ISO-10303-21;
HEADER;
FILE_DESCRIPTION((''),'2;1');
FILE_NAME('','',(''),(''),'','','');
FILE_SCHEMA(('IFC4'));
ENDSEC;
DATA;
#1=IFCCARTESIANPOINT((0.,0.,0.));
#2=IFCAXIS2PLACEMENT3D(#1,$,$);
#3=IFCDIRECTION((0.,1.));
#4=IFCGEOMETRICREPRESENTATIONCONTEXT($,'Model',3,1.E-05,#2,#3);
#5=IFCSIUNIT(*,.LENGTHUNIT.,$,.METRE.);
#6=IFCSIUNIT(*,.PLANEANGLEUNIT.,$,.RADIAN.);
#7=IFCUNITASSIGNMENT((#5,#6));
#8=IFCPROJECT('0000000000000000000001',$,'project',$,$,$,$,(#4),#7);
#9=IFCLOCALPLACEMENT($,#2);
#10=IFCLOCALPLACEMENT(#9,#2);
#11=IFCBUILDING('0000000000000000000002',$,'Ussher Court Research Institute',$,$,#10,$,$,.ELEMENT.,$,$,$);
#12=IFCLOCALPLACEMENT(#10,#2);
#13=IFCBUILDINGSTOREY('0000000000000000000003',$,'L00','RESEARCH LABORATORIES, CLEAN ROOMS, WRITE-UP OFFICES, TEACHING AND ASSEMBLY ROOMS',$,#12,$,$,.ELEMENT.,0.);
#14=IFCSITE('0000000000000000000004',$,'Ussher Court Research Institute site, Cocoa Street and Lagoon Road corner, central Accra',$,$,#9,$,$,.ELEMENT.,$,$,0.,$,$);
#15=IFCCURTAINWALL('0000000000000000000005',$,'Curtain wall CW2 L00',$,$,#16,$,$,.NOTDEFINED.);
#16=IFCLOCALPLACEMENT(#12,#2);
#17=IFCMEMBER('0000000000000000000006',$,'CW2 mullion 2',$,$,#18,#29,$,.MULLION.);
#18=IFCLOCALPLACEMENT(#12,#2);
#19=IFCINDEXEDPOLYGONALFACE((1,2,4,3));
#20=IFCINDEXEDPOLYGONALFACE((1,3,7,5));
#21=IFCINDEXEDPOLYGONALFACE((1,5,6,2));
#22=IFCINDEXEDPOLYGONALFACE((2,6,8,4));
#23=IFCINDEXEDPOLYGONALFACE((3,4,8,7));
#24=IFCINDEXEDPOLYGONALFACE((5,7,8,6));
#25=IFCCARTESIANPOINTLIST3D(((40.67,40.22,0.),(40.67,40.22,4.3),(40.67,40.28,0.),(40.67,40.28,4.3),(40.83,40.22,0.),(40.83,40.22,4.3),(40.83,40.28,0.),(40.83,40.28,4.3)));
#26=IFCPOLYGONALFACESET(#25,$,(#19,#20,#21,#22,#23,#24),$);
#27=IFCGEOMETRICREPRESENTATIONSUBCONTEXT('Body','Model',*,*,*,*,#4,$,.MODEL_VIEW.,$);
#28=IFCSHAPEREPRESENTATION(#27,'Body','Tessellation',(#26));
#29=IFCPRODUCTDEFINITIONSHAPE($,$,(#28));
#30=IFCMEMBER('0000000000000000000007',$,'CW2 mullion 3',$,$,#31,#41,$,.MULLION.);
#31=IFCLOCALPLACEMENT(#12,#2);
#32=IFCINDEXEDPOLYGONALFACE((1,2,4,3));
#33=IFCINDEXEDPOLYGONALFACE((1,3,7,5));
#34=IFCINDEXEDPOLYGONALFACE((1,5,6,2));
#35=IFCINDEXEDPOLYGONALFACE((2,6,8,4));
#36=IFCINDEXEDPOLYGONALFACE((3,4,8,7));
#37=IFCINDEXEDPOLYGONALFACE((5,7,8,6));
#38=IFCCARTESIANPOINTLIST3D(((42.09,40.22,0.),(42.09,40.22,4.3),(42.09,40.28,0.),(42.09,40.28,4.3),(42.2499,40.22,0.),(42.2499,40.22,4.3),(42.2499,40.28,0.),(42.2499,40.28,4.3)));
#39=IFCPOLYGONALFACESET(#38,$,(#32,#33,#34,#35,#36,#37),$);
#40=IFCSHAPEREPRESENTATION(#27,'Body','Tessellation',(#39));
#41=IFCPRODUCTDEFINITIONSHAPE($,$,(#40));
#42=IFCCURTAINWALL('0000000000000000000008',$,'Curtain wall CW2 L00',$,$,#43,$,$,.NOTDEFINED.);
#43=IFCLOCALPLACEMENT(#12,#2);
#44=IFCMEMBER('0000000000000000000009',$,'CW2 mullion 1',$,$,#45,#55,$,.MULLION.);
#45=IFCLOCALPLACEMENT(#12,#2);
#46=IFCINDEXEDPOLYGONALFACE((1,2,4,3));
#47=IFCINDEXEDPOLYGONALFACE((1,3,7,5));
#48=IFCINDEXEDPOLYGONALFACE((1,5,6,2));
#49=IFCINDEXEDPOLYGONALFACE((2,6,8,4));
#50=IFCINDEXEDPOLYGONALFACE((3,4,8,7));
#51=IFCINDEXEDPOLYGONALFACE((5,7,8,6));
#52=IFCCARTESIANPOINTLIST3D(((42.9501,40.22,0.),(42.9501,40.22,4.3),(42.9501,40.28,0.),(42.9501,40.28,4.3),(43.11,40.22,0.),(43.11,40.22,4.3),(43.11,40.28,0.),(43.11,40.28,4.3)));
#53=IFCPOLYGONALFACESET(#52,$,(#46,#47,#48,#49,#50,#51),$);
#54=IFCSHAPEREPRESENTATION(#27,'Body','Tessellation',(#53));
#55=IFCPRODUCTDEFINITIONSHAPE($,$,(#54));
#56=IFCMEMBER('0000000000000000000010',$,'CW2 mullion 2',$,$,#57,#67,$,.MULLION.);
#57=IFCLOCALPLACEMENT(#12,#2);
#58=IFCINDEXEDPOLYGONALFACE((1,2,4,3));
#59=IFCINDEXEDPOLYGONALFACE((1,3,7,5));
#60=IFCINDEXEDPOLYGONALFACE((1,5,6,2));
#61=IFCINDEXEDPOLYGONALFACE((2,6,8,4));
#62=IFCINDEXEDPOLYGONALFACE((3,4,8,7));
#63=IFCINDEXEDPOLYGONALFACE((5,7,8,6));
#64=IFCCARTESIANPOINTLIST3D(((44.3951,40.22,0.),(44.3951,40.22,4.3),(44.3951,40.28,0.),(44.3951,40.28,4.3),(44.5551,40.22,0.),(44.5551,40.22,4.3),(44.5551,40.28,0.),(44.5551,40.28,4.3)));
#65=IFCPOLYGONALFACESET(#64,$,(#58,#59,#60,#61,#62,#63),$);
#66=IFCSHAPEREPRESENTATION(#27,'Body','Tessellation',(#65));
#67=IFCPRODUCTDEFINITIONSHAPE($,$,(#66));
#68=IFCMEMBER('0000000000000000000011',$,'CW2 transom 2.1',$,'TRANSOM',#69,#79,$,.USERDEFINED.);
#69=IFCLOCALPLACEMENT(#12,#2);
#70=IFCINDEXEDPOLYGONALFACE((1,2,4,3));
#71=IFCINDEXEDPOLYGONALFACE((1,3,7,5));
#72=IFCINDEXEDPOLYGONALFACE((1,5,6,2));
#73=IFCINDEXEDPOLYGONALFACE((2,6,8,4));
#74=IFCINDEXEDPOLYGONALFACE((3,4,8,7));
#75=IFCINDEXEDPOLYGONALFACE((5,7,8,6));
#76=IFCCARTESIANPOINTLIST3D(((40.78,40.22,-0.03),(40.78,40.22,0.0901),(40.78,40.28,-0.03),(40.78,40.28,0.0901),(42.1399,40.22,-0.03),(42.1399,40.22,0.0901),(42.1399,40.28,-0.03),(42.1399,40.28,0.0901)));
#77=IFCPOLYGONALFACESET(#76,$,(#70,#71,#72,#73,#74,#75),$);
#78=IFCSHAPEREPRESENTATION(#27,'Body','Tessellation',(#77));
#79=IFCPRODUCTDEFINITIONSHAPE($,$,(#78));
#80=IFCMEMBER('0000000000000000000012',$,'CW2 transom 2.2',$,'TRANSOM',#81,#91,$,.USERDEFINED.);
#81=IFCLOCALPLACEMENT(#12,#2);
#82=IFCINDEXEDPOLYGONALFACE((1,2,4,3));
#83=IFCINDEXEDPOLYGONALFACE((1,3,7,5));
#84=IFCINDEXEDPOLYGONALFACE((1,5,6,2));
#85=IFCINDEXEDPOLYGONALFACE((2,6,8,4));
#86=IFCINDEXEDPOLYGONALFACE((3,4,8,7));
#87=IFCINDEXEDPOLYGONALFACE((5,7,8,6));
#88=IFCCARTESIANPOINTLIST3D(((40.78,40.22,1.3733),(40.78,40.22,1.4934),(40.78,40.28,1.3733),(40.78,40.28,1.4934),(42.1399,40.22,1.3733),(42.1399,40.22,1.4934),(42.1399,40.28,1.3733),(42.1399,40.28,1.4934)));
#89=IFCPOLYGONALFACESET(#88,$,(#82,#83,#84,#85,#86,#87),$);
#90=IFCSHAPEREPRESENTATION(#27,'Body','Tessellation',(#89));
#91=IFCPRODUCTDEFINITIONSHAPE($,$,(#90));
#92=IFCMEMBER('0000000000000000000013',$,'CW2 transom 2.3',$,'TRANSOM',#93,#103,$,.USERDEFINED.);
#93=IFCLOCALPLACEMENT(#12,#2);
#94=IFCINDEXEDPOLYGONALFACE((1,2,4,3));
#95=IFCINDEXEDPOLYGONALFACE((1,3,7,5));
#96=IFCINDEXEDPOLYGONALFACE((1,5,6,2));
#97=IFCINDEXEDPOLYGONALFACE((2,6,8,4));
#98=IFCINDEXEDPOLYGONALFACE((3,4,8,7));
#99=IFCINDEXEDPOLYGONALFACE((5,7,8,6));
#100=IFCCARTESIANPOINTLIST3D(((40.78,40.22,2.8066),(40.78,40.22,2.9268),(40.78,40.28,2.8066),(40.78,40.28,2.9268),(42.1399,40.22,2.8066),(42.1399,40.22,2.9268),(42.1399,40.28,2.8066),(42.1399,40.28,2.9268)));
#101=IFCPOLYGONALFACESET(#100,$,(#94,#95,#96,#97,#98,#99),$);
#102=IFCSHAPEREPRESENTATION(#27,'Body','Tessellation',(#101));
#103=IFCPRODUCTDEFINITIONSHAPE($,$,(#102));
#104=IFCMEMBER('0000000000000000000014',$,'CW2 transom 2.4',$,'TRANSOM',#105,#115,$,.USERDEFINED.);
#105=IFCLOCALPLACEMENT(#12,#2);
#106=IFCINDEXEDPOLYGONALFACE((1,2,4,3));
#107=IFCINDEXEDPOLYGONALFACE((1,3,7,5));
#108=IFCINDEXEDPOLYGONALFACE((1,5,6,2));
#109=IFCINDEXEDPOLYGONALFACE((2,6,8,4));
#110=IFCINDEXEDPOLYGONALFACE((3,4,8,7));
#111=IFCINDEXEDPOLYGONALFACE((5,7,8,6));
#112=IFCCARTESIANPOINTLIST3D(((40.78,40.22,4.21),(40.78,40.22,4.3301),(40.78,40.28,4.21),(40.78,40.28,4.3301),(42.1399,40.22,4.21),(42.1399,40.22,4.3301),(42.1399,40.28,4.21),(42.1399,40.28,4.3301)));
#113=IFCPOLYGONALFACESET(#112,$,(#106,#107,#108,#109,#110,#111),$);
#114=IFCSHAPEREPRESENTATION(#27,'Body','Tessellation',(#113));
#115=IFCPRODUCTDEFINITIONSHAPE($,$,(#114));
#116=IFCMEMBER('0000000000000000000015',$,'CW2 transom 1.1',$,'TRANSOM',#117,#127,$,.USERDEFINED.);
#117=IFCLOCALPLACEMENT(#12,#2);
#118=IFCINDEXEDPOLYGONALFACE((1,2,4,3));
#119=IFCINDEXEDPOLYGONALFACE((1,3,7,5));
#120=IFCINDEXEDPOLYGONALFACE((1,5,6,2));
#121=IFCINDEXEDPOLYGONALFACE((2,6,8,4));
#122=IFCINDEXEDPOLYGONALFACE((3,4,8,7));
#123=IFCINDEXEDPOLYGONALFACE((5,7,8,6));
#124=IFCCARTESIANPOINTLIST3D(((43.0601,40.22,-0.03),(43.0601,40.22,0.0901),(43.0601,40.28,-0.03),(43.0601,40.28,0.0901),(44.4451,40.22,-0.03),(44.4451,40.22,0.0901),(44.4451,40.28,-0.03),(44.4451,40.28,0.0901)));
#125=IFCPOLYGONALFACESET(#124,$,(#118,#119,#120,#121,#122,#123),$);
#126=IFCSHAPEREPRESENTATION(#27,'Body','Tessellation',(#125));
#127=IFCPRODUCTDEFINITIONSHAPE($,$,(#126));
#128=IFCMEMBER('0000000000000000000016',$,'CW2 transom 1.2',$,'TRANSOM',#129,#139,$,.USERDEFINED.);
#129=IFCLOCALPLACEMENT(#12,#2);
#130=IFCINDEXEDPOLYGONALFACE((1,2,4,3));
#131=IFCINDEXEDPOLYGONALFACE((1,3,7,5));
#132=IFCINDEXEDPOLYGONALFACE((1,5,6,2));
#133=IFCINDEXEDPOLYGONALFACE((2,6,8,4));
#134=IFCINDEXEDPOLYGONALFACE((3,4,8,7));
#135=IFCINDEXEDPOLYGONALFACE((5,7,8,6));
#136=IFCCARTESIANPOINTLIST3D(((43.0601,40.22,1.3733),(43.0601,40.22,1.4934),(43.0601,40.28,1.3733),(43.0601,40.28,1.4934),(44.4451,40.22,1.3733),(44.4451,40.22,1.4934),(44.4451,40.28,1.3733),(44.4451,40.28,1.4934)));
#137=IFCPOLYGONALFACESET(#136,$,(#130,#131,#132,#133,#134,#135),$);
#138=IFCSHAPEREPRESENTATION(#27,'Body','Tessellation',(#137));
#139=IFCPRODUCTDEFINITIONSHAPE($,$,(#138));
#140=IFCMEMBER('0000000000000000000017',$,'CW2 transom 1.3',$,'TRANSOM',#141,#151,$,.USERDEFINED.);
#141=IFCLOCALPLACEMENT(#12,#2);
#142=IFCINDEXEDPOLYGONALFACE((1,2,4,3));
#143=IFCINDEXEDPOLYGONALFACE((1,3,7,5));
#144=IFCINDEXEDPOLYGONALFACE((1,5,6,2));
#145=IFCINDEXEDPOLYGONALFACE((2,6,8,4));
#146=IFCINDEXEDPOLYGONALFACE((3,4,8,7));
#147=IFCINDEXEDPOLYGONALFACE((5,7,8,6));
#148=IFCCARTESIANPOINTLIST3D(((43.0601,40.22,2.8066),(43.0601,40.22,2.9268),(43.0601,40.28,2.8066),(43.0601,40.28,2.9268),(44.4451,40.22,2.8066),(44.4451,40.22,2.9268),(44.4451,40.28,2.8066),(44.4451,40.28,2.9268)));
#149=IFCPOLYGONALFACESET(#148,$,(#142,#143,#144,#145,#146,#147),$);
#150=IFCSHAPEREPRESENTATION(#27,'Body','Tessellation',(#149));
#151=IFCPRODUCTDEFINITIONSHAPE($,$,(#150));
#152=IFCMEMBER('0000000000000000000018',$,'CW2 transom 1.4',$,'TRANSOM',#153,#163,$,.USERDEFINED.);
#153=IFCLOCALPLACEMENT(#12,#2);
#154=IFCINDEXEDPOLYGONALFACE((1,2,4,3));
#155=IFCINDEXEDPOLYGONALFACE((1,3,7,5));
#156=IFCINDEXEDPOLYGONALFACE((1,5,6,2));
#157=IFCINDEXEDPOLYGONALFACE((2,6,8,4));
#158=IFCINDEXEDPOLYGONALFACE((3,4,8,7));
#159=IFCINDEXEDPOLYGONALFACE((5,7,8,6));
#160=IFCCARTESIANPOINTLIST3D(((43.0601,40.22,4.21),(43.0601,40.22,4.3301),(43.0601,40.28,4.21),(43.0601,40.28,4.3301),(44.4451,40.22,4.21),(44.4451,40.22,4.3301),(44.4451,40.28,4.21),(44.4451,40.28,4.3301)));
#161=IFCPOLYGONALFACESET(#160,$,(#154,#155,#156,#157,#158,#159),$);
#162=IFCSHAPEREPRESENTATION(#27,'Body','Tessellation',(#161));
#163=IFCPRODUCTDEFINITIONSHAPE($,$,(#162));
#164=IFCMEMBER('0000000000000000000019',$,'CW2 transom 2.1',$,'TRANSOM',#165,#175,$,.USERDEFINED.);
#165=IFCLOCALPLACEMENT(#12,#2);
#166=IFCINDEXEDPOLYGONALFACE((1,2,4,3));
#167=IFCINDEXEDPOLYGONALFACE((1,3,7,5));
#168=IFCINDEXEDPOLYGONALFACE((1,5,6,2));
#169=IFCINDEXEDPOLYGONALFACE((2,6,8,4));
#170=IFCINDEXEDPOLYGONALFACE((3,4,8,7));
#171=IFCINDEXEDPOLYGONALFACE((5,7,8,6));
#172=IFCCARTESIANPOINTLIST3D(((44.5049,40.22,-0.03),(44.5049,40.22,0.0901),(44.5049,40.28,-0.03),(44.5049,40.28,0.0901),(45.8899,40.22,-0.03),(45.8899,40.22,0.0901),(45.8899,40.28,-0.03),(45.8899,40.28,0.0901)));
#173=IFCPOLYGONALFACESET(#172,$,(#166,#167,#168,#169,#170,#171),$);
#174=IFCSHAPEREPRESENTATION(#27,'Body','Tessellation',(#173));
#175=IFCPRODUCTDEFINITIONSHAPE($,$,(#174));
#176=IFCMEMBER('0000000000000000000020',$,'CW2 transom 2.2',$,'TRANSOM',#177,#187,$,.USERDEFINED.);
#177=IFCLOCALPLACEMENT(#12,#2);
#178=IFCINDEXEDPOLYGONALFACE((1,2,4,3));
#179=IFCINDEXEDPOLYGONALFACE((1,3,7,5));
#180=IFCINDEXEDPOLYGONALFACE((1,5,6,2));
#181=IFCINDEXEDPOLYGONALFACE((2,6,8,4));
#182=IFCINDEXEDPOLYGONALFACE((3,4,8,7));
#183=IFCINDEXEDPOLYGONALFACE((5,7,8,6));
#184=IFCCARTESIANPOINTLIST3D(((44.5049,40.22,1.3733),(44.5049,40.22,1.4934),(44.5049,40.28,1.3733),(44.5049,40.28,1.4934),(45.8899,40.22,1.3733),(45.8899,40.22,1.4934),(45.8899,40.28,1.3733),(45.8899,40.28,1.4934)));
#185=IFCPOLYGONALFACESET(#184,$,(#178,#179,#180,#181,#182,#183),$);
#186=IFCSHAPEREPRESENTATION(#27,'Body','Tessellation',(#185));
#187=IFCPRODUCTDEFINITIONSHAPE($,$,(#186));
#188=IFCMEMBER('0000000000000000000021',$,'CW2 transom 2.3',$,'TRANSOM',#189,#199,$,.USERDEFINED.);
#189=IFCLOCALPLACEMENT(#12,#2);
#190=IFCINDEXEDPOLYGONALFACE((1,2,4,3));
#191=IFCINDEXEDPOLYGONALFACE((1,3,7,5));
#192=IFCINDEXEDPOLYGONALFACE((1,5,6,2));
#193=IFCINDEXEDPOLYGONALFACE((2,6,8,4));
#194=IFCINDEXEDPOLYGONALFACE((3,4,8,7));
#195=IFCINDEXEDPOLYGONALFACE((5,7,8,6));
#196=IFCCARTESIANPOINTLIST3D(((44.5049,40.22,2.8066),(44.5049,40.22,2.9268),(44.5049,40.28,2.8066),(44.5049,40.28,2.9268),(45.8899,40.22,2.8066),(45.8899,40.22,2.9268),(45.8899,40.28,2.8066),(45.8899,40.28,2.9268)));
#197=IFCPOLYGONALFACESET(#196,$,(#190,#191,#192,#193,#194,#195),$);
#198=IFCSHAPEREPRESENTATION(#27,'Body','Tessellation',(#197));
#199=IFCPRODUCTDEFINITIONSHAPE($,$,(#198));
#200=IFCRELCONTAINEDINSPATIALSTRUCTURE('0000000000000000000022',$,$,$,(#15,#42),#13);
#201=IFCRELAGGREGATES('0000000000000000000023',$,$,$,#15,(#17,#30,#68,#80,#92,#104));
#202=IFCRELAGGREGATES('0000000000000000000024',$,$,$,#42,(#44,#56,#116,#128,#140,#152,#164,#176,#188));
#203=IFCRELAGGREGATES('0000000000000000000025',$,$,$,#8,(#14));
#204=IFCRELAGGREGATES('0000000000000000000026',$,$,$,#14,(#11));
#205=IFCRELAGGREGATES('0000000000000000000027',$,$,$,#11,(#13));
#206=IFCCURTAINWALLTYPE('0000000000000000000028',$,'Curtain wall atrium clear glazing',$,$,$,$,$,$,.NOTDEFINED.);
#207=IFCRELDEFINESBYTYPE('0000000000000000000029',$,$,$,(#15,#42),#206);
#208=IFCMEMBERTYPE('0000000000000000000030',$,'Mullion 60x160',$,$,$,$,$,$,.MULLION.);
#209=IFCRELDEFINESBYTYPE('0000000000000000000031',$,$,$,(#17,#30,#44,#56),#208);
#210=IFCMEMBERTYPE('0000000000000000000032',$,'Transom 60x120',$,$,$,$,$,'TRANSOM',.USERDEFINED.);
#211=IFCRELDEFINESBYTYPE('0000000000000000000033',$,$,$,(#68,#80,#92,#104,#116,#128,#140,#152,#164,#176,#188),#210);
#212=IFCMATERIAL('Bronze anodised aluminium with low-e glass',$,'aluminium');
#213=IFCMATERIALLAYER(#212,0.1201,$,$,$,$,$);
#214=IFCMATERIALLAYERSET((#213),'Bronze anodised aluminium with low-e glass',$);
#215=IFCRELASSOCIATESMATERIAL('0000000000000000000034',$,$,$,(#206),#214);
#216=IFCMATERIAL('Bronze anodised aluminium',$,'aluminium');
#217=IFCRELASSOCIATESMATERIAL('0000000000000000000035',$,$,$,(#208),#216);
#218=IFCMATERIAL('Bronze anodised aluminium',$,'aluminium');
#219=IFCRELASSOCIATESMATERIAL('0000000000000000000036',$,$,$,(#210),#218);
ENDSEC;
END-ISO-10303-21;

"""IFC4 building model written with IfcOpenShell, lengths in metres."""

from ifc_helpers import new_model, si_unit, direction, frame, origin, origin_2d, place, context, subcontext, project, spatial, rectangle, extrude, material, layer, layer_set, material_profile, profile_set, type_object, element, aggregate, save


model = new_model("IFC4")

# Units and contexts
model_context = context("Model", 3, precision=1e-05, world=origin(), true_north=direction((0.0, 1.0)))
body_context = subcontext(model_context, "Body", "Model", "MODEL_VIEW")
ifc_project = project(units=[si_unit("LENGTHUNIT", "METRE"), si_unit("PLANEANGLEUNIT", "RADIAN")], contexts=[model_context])

# Site, building, storey
site_placement = place(None, origin())
site = spatial("IfcSite", under=ifc_project, at=site_placement, Name="Ussher Court Research Institute site, Cocoa Street and Lagoon Road corner, central Accra", CompositionType="ELEMENT", RefElevation=0.0)
building_placement = place(site_placement, origin())
building = spatial("IfcBuilding", under=site, at=building_placement, Name="Ussher Court Research Institute", CompositionType="ELEMENT")
storey_placement = place(building_placement, origin())
storey = spatial("IfcBuildingStorey", under=building, at=storey_placement, Name="L00", Description="RESEARCH LABORATORIES, CLEAN ROOMS, WRITE-UP OFFICES, TEACHING AND ASSEMBLY ROOMS", CompositionType="ELEMENT", Elevation=0.0)

# Curtain walls, members
ifc_material_1 = material(Name="Bronze anodised aluminium with low-e glass", Category="aluminium")
ifc_layer_1 = layer(ifc_material_1, 0.1201)
ifc_layer_set_1 = layer_set([ifc_layer_1], Name="Bronze anodised aluminium with low-e glass")
curtain_wall_type = type_object("IfcCurtainWallType", Name="Curtain wall atrium clear glazing", PredefinedType="NOTDEFINED", material=ifc_layer_set_1)
curtain_wall_1_placement = place(storey_placement, origin())
curtain_wall_1 = element("IfcCurtainWall", 1, at=curtain_wall_1_placement, inside=storey, type_object=curtain_wall_type, Name="Curtain wall CW2 L00", PredefinedType="NOTDEFINED")
ifc_material_2 = material(Name="Bronze anodised aluminium", Category="aluminium")
ifc_material_profile_1 = material_profile(ifc_material_2, rectangle(XDim=0.0601, YDim=0.1599, at=origin_2d()), Name="Mullion 60x160")
ifc_profile_set_1 = profile_set([ifc_material_profile_1], Name="Bronze anodised aluminium")
member_type_1 = type_object("IfcMemberType", Name="Mullion 60x160", PredefinedType="MULLION", material=ifc_profile_set_1)
member_1_placement = place(storey_placement, frame((40.75, 40.25, 0.0), z_axis=(0.0, 0.0, 1.0), x_axis=(0.0, 1.0, 0.0)))
member_1 = element("IfcMember", 2, at=member_1_placement, type_object=member_type_1, Name="CW2 mullion 2", PredefinedType="MULLION", context=body_context, shape_type="SweptSolid", body=[
    extrude(rectangle(XDim=0.0601, YDim=0.1599, at=origin_2d()), origin(), (0.0, 0.0, 1.0), 4.3),
])
member_2_placement = place(storey_placement, frame((42.1699, 40.25, 0.0), z_axis=(0.0, 0.0, 1.0), x_axis=(0.0, 1.0, 0.0)))
member_2 = element("IfcMember", 3, at=member_2_placement, type_object=member_type_1, Name="CW2 mullion 3", PredefinedType="MULLION", context=body_context, shape_type="SweptSolid", body=[
    extrude(rectangle(XDim=0.0601, YDim=0.1599, at=origin_2d()), origin(), (0.0, 0.0, 1.0), 4.3),
])
curtain_wall_2_placement = place(storey_placement, origin())
curtain_wall_2 = element("IfcCurtainWall", 4, at=curtain_wall_2_placement, inside=storey, type_object=curtain_wall_type, Name="Curtain wall CW2 L00", PredefinedType="NOTDEFINED")
member_3_placement = place(storey_placement, frame((43.03, 40.25, 0.0), z_axis=(0.0, 0.0, 1.0), x_axis=(0.0, 1.0, 0.0)))
member_3 = element("IfcMember", 5, at=member_3_placement, type_object=member_type_1, Name="CW2 mullion 1", PredefinedType="MULLION", context=body_context, shape_type="SweptSolid", body=[
    extrude(rectangle(XDim=0.0601, YDim=0.1599, at=origin_2d()), origin(), (0.0, 0.0, 1.0), 4.3),
])
member_4_placement = place(storey_placement, frame((44.4751, 40.25, 0.0), z_axis=(0.0, 0.0, 1.0), x_axis=(0.0, 1.0, 0.0)))
member_4 = element("IfcMember", 6, at=member_4_placement, type_object=member_type_1, Name="CW2 mullion 2", PredefinedType="MULLION", context=body_context, shape_type="SweptSolid", body=[
    extrude(rectangle(XDim=0.0601, YDim=0.1599, at=origin_2d()), origin(), (0.0, 0.0, 1.0), 4.3),
])

# Members
ifc_material_3 = material(Name="Bronze anodised aluminium", Category="aluminium")
ifc_material_profile_2 = material_profile(ifc_material_3, rectangle(XDim=0.0601, YDim=0.1201, at=origin_2d()), Name="Transom 60x120")
ifc_profile_set_2 = profile_set([ifc_material_profile_2], Name="Bronze anodised aluminium")
member_type_2 = type_object("IfcMemberType", Name="Transom 60x120", ElementType="TRANSOM", PredefinedType="USERDEFINED", material=ifc_profile_set_2)
member_5_placement = place(storey_placement, frame((40.78, 40.25, 0.03), z_axis=(1.0, 0.0, 0.0), x_axis=(0.0, 1.0, 0.0)))
member_5 = element("IfcMember", 7, at=member_5_placement, type_object=member_type_2, Name="CW2 transom 2.1", ObjectType="TRANSOM", PredefinedType="USERDEFINED", context=body_context, shape_type="SweptSolid", body=[
    extrude(rectangle(XDim=0.0601, YDim=0.1201, at=origin_2d()), origin(), (0.0, 0.0, 1.0), 1.3599),
])
member_6_placement = place(storey_placement, frame((40.78, 40.25, 1.4333), z_axis=(1.0, 0.0, 0.0), x_axis=(0.0, 1.0, 0.0)))
member_6 = element("IfcMember", 8, at=member_6_placement, type_object=member_type_2, Name="CW2 transom 2.2", ObjectType="TRANSOM", PredefinedType="USERDEFINED", context=body_context, shape_type="SweptSolid", body=[
    extrude(rectangle(XDim=0.0601, YDim=0.1201, at=origin_2d()), origin(), (0.0, 0.0, 1.0), 1.3599),
])
member_7_placement = place(storey_placement, frame((40.78, 40.25, 2.8667), z_axis=(1.0, 0.0, 0.0), x_axis=(0.0, 1.0, 0.0)))
member_7 = element("IfcMember", 9, at=member_7_placement, type_object=member_type_2, Name="CW2 transom 2.3", ObjectType="TRANSOM", PredefinedType="USERDEFINED", context=body_context, shape_type="SweptSolid", body=[
    extrude(rectangle(XDim=0.0601, YDim=0.1201, at=origin_2d()), origin(), (0.0, 0.0, 1.0), 1.3599),
])
member_8_placement = place(storey_placement, frame((40.78, 40.25, 4.27), z_axis=(1.0, 0.0, 0.0), x_axis=(0.0, 1.0, 0.0)))
member_8 = element("IfcMember", 10, at=member_8_placement, type_object=member_type_2, Name="CW2 transom 2.4", ObjectType="TRANSOM", PredefinedType="USERDEFINED", context=body_context, shape_type="SweptSolid", body=[
    extrude(rectangle(XDim=0.0601, YDim=0.1201, at=origin_2d()), origin(), (0.0, 0.0, 1.0), 1.3599),
])
member_9_placement = place(storey_placement, frame((43.0601, 40.25, 0.03), z_axis=(1.0, 0.0, 0.0), x_axis=(0.0, 1.0, 0.0)))
member_9 = element("IfcMember", 11, at=member_9_placement, type_object=member_type_2, Name="CW2 transom 1.1", ObjectType="TRANSOM", PredefinedType="USERDEFINED", context=body_context, shape_type="SweptSolid", body=[
    extrude(rectangle(XDim=0.0601, YDim=0.1201, at=origin_2d()), origin(), (0.0, 0.0, 1.0), 1.385),
])
member_10_placement = place(storey_placement, frame((43.0601, 40.25, 1.4333), z_axis=(1.0, 0.0, 0.0), x_axis=(0.0, 1.0, 0.0)))
member_10 = element("IfcMember", 12, at=member_10_placement, type_object=member_type_2, Name="CW2 transom 1.2", ObjectType="TRANSOM", PredefinedType="USERDEFINED", context=body_context, shape_type="SweptSolid", body=[
    extrude(rectangle(XDim=0.0601, YDim=0.1201, at=origin_2d()), origin(), (0.0, 0.0, 1.0), 1.385),
])
member_11_placement = place(storey_placement, frame((43.0601, 40.25, 2.8667), z_axis=(1.0, 0.0, 0.0), x_axis=(0.0, 1.0, 0.0)))
member_11 = element("IfcMember", 13, at=member_11_placement, type_object=member_type_2, Name="CW2 transom 1.3", ObjectType="TRANSOM", PredefinedType="USERDEFINED", context=body_context, shape_type="SweptSolid", body=[
    extrude(rectangle(XDim=0.0601, YDim=0.1201, at=origin_2d()), origin(), (0.0, 0.0, 1.0), 1.385),
])
member_12_placement = place(storey_placement, frame((43.0601, 40.25, 4.27), z_axis=(1.0, 0.0, 0.0), x_axis=(0.0, 1.0, 0.0)))
member_12 = element("IfcMember", 14, at=member_12_placement, type_object=member_type_2, Name="CW2 transom 1.4", ObjectType="TRANSOM", PredefinedType="USERDEFINED", context=body_context, shape_type="SweptSolid", body=[
    extrude(rectangle(XDim=0.0601, YDim=0.1201, at=origin_2d()), origin(), (0.0, 0.0, 1.0), 1.385),
])
member_13_placement = place(storey_placement, frame((44.5049, 40.25, 0.03), z_axis=(1.0, 0.0, 0.0), x_axis=(0.0, 1.0, 0.0)))
member_13 = element("IfcMember", 15, at=member_13_placement, type_object=member_type_2, Name="CW2 transom 2.1", ObjectType="TRANSOM", PredefinedType="USERDEFINED", context=body_context, shape_type="SweptSolid", body=[
    extrude(rectangle(XDim=0.0601, YDim=0.1201, at=origin_2d()), origin(), (0.0, 0.0, 1.0), 1.385),
])
member_14_placement = place(storey_placement, frame((44.5049, 40.25, 1.4333), z_axis=(1.0, 0.0, 0.0), x_axis=(0.0, 1.0, 0.0)))
member_14 = element("IfcMember", 16, at=member_14_placement, type_object=member_type_2, Name="CW2 transom 2.2", ObjectType="TRANSOM", PredefinedType="USERDEFINED", context=body_context, shape_type="SweptSolid", body=[
    extrude(rectangle(XDim=0.0601, YDim=0.1201, at=origin_2d()), origin(), (0.0, 0.0, 1.0), 1.385),
])
member_15_placement = place(storey_placement, frame((44.5049, 40.25, 2.8667), z_axis=(1.0, 0.0, 0.0), x_axis=(0.0, 1.0, 0.0)))
member_15 = element("IfcMember", 17, at=member_15_placement, type_object=member_type_2, Name="CW2 transom 2.3", ObjectType="TRANSOM", PredefinedType="USERDEFINED", context=body_context, shape_type="SweptSolid", body=[
    extrude(rectangle(XDim=0.0601, YDim=0.1201, at=origin_2d()), origin(), (0.0, 0.0, 1.0), 1.385),
])

aggregate(curtain_wall_1, [member_1, member_2, member_5, member_6, member_7, member_8])
aggregate(curtain_wall_2, [member_3, member_4, member_9, member_10, member_11, member_12, member_13, member_14, member_15])

save(model, "model.ifc")
